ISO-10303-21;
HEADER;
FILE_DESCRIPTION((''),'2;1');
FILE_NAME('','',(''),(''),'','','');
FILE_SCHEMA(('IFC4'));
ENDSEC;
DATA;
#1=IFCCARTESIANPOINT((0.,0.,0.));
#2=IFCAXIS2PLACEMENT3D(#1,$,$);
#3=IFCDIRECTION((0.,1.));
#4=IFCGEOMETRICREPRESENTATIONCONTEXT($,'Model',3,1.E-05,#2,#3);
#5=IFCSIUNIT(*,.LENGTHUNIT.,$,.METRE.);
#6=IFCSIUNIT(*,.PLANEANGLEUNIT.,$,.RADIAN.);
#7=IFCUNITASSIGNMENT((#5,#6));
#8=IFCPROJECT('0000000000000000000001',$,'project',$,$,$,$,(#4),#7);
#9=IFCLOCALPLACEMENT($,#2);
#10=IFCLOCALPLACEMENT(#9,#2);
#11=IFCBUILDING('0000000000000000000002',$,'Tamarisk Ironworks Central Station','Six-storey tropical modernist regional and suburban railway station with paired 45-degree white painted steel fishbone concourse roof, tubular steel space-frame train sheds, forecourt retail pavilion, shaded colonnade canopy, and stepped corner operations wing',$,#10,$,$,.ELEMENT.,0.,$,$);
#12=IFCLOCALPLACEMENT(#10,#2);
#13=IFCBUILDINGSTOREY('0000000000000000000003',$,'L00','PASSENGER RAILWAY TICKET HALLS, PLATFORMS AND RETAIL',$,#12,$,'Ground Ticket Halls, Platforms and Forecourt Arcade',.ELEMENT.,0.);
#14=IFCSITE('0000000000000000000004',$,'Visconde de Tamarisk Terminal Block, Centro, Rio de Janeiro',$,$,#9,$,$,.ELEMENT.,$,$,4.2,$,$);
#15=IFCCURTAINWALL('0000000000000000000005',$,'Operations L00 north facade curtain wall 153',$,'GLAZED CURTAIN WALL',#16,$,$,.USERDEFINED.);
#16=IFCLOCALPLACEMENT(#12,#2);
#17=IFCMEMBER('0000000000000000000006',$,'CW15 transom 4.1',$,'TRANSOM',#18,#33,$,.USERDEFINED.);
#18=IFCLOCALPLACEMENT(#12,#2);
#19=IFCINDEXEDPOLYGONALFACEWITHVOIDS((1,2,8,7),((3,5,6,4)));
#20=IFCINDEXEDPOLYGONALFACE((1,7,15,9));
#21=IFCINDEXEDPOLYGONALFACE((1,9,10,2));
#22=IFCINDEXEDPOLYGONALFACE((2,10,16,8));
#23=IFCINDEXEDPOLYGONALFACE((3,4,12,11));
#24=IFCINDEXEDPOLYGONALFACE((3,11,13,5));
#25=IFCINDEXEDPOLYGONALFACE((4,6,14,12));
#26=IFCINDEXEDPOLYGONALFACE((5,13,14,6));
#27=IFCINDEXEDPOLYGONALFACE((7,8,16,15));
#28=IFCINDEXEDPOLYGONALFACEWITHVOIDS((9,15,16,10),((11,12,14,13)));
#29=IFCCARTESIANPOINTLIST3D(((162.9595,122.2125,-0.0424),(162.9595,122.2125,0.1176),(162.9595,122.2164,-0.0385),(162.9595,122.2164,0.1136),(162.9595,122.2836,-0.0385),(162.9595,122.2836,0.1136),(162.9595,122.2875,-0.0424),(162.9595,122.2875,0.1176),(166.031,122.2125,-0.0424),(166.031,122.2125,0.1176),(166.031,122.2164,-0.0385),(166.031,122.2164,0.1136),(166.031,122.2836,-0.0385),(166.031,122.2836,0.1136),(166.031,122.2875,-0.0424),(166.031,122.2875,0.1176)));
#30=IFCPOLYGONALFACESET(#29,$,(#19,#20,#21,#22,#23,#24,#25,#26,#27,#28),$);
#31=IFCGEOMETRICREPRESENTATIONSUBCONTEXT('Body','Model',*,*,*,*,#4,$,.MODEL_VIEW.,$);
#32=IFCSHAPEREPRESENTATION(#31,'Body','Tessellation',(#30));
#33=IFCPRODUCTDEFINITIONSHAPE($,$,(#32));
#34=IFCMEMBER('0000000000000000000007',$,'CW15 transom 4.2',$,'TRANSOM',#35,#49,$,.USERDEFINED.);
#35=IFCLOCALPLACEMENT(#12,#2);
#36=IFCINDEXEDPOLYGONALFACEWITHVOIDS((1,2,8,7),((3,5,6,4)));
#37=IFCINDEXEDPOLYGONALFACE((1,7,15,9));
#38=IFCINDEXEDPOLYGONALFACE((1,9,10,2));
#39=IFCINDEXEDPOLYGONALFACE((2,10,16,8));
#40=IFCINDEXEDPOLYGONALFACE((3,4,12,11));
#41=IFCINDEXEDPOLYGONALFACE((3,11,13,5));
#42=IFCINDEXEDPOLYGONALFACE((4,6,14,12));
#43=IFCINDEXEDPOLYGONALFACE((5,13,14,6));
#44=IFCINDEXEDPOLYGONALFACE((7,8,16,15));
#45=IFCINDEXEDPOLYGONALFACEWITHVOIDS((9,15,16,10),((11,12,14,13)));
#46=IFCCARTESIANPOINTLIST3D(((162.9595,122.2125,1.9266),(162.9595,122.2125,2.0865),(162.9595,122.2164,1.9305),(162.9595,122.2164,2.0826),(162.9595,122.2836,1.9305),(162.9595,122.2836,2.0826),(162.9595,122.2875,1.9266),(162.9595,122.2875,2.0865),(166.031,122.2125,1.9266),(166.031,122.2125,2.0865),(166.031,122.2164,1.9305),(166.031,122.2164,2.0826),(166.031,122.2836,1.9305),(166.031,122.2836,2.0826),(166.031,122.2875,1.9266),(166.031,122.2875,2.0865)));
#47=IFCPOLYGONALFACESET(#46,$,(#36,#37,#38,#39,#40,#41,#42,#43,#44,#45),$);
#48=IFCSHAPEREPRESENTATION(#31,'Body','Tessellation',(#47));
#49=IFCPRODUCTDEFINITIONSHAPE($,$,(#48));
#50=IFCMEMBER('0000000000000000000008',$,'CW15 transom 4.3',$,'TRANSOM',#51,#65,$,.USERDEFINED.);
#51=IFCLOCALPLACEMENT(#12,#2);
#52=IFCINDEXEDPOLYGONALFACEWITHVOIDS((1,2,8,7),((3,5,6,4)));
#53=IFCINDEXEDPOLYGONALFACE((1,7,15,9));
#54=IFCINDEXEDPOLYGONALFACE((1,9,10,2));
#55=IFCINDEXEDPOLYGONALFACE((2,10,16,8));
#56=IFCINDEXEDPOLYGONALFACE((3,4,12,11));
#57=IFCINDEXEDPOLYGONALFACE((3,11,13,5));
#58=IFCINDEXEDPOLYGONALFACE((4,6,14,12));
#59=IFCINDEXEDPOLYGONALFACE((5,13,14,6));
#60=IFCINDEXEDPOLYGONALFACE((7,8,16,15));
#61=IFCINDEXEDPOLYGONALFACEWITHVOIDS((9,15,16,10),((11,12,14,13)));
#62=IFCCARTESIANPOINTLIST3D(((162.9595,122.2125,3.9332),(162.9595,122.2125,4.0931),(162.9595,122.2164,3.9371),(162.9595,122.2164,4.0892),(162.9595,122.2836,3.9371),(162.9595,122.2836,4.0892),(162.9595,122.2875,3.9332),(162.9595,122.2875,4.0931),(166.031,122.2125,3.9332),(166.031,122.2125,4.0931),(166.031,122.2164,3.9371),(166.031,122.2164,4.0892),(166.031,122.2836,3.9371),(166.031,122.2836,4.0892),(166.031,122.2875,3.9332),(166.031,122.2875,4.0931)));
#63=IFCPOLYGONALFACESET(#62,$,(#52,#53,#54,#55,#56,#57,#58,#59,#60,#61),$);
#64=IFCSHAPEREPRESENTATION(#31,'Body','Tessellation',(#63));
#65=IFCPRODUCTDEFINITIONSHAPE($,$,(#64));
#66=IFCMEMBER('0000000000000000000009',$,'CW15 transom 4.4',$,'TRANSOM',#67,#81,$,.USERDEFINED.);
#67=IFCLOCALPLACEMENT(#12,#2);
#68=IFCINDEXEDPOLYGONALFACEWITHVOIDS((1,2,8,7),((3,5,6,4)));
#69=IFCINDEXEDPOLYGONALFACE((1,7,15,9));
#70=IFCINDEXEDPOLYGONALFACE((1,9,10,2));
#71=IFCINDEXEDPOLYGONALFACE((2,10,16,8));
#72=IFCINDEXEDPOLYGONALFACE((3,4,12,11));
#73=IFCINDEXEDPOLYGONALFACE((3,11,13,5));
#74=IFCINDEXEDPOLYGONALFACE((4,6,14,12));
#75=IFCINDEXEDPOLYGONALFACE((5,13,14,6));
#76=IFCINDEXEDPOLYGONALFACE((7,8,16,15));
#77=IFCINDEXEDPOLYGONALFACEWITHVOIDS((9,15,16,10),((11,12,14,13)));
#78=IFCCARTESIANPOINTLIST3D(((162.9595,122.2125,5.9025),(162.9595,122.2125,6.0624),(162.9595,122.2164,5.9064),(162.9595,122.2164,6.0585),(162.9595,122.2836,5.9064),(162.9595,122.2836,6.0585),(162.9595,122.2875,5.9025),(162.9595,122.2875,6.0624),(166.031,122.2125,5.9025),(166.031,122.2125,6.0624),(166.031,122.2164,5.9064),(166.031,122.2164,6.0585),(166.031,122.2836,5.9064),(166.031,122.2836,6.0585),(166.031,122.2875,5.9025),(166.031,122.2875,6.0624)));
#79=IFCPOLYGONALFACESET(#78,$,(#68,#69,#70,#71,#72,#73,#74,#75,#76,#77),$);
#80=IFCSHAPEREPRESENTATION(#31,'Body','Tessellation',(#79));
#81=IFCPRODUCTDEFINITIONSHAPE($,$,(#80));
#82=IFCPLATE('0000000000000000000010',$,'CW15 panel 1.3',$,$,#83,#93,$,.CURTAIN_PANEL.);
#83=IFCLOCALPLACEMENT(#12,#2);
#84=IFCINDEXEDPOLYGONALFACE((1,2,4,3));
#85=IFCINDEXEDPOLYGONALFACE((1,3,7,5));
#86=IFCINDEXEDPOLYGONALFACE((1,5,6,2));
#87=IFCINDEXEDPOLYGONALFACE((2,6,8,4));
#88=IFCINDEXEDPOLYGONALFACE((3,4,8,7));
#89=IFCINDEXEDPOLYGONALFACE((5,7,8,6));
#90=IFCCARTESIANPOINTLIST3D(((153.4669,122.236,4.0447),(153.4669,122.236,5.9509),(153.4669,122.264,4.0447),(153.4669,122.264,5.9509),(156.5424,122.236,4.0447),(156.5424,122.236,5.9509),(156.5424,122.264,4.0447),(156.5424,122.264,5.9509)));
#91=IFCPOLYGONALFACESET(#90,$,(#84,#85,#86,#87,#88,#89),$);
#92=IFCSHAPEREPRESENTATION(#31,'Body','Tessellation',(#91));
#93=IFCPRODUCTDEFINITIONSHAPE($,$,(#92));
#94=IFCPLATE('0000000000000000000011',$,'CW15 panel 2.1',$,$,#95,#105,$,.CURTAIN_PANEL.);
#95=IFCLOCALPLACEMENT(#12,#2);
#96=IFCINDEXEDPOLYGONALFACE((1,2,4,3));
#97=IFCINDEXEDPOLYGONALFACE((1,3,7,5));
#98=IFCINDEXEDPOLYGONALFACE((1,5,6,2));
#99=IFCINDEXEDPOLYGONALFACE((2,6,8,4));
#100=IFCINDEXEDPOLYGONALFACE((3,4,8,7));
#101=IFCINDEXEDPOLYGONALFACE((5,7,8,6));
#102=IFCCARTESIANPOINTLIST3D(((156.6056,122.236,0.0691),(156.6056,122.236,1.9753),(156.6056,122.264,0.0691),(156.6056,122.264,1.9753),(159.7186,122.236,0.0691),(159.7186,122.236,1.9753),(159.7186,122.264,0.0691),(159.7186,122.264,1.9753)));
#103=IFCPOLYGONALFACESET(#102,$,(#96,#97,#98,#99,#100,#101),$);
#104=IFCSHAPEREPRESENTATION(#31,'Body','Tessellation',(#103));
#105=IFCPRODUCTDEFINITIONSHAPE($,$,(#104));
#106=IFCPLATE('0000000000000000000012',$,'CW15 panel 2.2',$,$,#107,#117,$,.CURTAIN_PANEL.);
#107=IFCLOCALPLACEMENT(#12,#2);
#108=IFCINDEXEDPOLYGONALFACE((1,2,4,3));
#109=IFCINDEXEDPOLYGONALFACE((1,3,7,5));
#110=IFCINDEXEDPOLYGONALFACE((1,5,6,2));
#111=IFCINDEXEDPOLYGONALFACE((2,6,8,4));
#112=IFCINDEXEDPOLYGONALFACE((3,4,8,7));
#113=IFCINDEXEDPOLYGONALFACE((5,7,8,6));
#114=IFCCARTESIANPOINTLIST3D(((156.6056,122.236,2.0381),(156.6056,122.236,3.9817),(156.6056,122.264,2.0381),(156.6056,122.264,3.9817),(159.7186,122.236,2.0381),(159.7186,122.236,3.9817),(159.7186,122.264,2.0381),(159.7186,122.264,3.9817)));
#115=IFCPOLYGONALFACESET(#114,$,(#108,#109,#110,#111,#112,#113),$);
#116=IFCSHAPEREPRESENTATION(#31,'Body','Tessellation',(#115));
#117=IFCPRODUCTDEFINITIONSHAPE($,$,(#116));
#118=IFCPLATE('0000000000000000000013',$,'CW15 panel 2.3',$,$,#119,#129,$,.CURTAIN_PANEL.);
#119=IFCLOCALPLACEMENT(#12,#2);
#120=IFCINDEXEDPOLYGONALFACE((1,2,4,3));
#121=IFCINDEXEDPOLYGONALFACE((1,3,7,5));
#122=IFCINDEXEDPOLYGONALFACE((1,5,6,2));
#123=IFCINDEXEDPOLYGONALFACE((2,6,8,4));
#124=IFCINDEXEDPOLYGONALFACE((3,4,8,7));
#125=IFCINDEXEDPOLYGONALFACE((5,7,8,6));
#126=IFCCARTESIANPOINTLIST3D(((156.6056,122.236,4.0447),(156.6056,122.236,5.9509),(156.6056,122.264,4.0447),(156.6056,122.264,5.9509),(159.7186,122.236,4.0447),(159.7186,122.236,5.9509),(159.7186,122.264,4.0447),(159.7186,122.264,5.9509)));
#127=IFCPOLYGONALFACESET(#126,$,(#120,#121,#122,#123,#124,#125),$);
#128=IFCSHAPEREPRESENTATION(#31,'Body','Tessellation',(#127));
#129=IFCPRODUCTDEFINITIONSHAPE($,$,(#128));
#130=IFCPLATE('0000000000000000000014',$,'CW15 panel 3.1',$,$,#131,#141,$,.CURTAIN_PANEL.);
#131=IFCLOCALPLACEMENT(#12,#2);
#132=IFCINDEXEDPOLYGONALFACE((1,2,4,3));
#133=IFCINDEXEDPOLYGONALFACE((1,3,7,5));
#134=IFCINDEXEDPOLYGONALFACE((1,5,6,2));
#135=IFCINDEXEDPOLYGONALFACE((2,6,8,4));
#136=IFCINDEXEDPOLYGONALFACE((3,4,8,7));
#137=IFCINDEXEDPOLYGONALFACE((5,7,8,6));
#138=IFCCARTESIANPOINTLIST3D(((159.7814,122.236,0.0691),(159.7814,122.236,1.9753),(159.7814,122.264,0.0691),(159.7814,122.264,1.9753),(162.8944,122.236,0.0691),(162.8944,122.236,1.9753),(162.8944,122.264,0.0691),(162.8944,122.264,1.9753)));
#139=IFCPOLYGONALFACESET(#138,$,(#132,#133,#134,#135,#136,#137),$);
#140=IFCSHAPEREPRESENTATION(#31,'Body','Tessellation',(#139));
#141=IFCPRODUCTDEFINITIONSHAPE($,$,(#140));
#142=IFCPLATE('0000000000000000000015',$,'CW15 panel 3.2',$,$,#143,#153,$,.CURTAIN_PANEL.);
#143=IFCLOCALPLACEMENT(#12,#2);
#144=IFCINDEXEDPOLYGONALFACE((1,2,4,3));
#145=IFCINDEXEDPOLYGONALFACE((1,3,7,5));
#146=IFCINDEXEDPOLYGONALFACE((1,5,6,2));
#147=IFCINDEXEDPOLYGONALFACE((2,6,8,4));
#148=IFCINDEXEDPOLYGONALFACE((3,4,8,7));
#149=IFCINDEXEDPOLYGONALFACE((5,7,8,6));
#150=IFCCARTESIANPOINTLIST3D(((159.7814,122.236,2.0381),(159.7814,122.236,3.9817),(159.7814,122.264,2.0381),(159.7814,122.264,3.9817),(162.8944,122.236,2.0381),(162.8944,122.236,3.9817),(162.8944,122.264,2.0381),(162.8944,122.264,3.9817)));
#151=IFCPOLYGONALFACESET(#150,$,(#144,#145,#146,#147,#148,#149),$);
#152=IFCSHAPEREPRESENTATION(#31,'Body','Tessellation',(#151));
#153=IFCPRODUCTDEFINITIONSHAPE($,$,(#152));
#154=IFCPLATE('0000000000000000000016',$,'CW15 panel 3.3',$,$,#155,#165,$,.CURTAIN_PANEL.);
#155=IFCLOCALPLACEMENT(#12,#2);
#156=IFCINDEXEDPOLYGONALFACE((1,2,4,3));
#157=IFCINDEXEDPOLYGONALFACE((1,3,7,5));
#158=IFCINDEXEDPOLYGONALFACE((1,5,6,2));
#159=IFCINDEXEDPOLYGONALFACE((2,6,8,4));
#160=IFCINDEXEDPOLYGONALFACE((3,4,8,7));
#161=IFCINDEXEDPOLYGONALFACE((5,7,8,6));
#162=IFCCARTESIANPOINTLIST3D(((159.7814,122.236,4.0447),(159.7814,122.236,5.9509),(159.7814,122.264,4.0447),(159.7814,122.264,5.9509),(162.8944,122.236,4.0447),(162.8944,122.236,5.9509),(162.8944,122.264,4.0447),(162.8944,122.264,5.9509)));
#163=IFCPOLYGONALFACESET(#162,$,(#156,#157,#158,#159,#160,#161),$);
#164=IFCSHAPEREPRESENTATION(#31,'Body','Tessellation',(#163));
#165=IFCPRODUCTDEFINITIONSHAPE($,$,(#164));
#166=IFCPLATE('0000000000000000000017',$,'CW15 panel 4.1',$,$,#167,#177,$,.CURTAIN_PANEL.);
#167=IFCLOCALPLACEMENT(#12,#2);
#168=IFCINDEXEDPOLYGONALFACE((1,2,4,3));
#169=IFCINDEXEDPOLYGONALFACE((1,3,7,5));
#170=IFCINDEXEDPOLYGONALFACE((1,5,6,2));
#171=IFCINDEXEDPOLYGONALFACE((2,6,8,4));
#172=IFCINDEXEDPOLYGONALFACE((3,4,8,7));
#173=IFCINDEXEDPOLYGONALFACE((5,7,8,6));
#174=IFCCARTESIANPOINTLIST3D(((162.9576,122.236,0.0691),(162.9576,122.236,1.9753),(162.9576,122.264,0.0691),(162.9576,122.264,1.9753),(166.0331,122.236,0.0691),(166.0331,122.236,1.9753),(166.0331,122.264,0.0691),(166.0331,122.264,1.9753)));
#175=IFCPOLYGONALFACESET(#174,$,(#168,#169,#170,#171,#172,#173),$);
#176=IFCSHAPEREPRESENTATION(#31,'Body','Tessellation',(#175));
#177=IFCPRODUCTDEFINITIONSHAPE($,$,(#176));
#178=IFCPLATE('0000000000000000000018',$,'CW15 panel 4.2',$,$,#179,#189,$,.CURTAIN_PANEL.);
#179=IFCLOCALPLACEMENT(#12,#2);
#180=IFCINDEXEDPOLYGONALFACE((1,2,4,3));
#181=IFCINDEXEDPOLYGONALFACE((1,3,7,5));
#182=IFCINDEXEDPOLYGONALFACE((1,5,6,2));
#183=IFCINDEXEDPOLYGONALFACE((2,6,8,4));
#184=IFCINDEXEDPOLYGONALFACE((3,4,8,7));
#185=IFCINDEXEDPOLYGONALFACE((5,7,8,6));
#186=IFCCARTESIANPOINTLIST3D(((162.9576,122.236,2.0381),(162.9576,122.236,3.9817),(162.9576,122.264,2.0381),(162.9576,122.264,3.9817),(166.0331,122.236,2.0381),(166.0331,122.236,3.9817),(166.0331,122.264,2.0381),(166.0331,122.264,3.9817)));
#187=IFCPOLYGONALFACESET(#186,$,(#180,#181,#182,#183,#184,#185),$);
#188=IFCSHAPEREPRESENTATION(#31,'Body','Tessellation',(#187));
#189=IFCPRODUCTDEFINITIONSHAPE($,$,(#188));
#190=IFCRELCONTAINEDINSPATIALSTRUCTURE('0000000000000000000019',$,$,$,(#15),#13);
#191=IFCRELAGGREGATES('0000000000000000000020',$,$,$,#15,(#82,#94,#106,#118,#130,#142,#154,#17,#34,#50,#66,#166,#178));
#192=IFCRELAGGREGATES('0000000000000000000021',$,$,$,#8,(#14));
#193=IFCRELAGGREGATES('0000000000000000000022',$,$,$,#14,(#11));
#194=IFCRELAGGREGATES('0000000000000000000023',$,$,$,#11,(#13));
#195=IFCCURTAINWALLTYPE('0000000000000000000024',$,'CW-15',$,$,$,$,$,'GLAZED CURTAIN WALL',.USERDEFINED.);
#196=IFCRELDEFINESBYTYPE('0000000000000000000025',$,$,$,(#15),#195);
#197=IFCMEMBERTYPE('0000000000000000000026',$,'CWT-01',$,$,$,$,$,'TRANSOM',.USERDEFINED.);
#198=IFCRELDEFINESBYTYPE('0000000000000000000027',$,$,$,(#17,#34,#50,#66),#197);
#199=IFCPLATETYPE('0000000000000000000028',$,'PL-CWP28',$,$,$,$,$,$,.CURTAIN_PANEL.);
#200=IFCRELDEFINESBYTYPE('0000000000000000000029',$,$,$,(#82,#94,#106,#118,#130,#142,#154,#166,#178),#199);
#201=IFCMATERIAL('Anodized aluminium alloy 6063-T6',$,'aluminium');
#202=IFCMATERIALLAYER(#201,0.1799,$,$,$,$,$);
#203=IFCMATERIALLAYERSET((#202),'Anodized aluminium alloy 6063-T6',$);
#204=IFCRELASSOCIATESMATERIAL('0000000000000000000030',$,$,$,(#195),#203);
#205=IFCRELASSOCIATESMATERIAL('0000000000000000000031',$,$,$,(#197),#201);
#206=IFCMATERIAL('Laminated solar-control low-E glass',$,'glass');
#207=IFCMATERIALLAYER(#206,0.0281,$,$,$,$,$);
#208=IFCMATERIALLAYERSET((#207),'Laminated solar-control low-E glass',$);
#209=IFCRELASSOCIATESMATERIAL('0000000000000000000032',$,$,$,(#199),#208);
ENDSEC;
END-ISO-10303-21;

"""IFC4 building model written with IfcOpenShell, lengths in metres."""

from ifc_helpers import new_model, si_unit, direction, frame, origin, origin_2d, place, context, subcontext, project, spatial, rectangle, hollow_rectangle, extrude, material, layer, layer_set, material_profile, profile_set, type_object, element, aggregate, save


model = new_model("IFC4")

# Units and contexts
model_context = context("Model", 3, precision=1e-05, world=origin(), true_north=direction((0.0, 1.0)))
body_context = subcontext(model_context, "Body", "Model", "MODEL_VIEW")
ifc_project = project(units=[si_unit("LENGTHUNIT", "METRE"), si_unit("PLANEANGLEUNIT", "RADIAN")], contexts=[model_context])

# Site, building, storey
site_placement = place(None, origin())
site = spatial("IfcSite", under=ifc_project, at=site_placement, Name="Visconde de Tamarisk Terminal Block, Centro, Rio de Janeiro", CompositionType="ELEMENT", RefElevation=4.2)
building_placement = place(site_placement, origin())
building = spatial("IfcBuilding", under=site, at=building_placement, Name="Tamarisk Ironworks Central Station", Description="Six-storey tropical modernist regional and suburban railway station with paired 45-degree white painted steel fishbone concourse roof, tubular steel space-frame train sheds, forecourt retail pavilion, shaded colonnade canopy, and stepped corner operations wing", CompositionType="ELEMENT", ElevationOfRefHeight=0.0)
storey_placement = place(building_placement, origin())
storey = spatial("IfcBuildingStorey", under=building, at=storey_placement, Name="L00", Description="PASSENGER RAILWAY TICKET HALLS, PLATFORMS AND RETAIL", LongName="Ground Ticket Halls, Platforms and Forecourt Arcade", CompositionType="ELEMENT", Elevation=0.0)

# Curtain wall, members, plates
ifc_material_1 = material(Name="Anodized aluminium alloy 6063-T6", Category="aluminium")
ifc_layer_1 = layer(ifc_material_1, 0.1799)
ifc_layer_set_1 = layer_set([ifc_layer_1], Name="Anodized aluminium alloy 6063-T6")
curtain_wall_type = type_object("IfcCurtainWallType", Name="CW-15", ElementType="GLAZED CURTAIN WALL", PredefinedType="USERDEFINED", material=ifc_layer_set_1)
curtain_wall_placement = place(storey_placement, origin())
curtain_wall = element("IfcCurtainWall", 1, at=curtain_wall_placement, inside=storey, type_object=curtain_wall_type, Name="Operations L00 north facade curtain wall 153", ObjectType="GLAZED CURTAIN WALL", PredefinedType="USERDEFINED")
ifc_material_profile_1 = material_profile(ifc_material_1, hollow_rectangle(XDim=0.075, YDim=0.1599, WallThickness=0.0039, at=origin_2d()), Name="ALUM 160x75")
ifc_profile_set_1 = profile_set([ifc_material_profile_1], Name="Anodized aluminium alloy 6063-T6")
member_type_1 = type_object("IfcMemberType", Name="CWT-01", ElementType="TRANSOM", PredefinedType="USERDEFINED", material=ifc_profile_set_1)
member_1_placement = place(storey_placement, frame((162.9595, 122.25, 0.0376), z_axis=(1.0, 0.0, 0.0), x_axis=(0.0, 1.0, 0.0)))
member_1 = element("IfcMember", 2, at=member_1_placement, type_object=member_type_1, Name="CW15 transom 4.1", ObjectType="TRANSOM", PredefinedType="USERDEFINED", context=body_context, shape_type="SweptSolid", body=[
    extrude(hollow_rectangle(XDim=0.075, YDim=0.1599, WallThickness=0.0039, at=origin_2d()), origin(), (0.0, 0.0, 1.0), 3.0715),
])
member_2_placement = place(storey_placement, frame((162.9595, 122.25, 2.0066), z_axis=(1.0, 0.0, 0.0), x_axis=(0.0, 1.0, 0.0)))
member_2 = element("IfcMember", 3, at=member_2_placement, type_object=member_type_1, Name="CW15 transom 4.2", ObjectType="TRANSOM", PredefinedType="USERDEFINED", context=body_context, shape_type="SweptSolid", body=[
    extrude(hollow_rectangle(XDim=0.075, YDim=0.1599, WallThickness=0.0039, at=origin_2d()), origin(), (0.0, 0.0, 1.0), 3.0715),
])
member_3_placement = place(storey_placement, frame((162.9595, 122.25, 4.0132), z_axis=(1.0, 0.0, 0.0), x_axis=(0.0, 1.0, 0.0)))
member_3 = element("IfcMember", 4, at=member_3_placement, type_object=member_type_1, Name="CW15 transom 4.3", ObjectType="TRANSOM", PredefinedType="USERDEFINED", context=body_context, shape_type="SweptSolid", body=[
    extrude(hollow_rectangle(XDim=0.075, YDim=0.1599, WallThickness=0.0039, at=origin_2d()), origin(), (0.0, 0.0, 1.0), 3.0715),
])
member_4_placement = place(storey_placement, frame((162.9595, 122.25, 5.9824), z_axis=(1.0, 0.0, 0.0), x_axis=(0.0, 1.0, 0.0)))
member_4 = element("IfcMember", 5, at=member_4_placement, type_object=member_type_1, Name="CW15 transom 4.4", ObjectType="TRANSOM", PredefinedType="USERDEFINED", context=body_context, shape_type="SweptSolid", body=[
    extrude(hollow_rectangle(XDim=0.075, YDim=0.1599, WallThickness=0.0039, at=origin_2d()), origin(), (0.0, 0.0, 1.0), 3.0715),
])
ifc_material_2 = material(Name="Laminated solar-control low-E glass", Category="glass")
ifc_layer_2 = layer(ifc_material_2, 0.0281)
ifc_layer_set_2 = layer_set([ifc_layer_2], Name="Laminated solar-control low-E glass")
plate_type = type_object("IfcPlateType", Name="PL-CWP28", PredefinedType="CURTAIN_PANEL", material=ifc_layer_set_2)
plate_1_placement = place(storey_placement, frame((155.0046, 122.25, 4.0447), z_axis=(0.0, 0.0, 1.0), x_axis=(1.0, 0.0, 0.0)))
plate_1 = element("IfcPlate", 6, at=plate_1_placement, type_object=plate_type, Name="CW15 panel 1.3", PredefinedType="CURTAIN_PANEL", context=body_context, shape_type="SweptSolid", body=[
    extrude(rectangle(XDim=3.0754, YDim=0.0281, at=origin_2d()), origin(), (0.0, 0.0, 1.0), 1.9062),
])
plate_2_placement = place(storey_placement, frame((158.1621, 122.25, 0.0691), z_axis=(0.0, 0.0, 1.0), x_axis=(1.0, 0.0, 0.0)))
plate_2 = element("IfcPlate", 7, at=plate_2_placement, type_object=plate_type, Name="CW15 panel 2.1", PredefinedType="CURTAIN_PANEL", context=body_context, shape_type="SweptSolid", body=[
    extrude(rectangle(XDim=3.113, YDim=0.0281, at=origin_2d()), origin(), (0.0, 0.0, 1.0), 1.9062),
])
plate_3_placement = place(storey_placement, frame((158.1621, 122.25, 2.0381), z_axis=(0.0, 0.0, 1.0), x_axis=(1.0, 0.0, 0.0)))
plate_3 = element("IfcPlate", 8, at=plate_3_placement, type_object=plate_type, Name="CW15 panel 2.2", PredefinedType="CURTAIN_PANEL", context=body_context, shape_type="SweptSolid", body=[
    extrude(rectangle(XDim=3.113, YDim=0.0281, at=origin_2d()), origin(), (0.0, 0.0, 1.0), 1.9436),
])
plate_4_placement = place(storey_placement, frame((158.1621, 122.25, 4.0447), z_axis=(0.0, 0.0, 1.0), x_axis=(1.0, 0.0, 0.0)))
plate_4 = element("IfcPlate", 9, at=plate_4_placement, type_object=plate_type, Name="CW15 panel 2.3", PredefinedType="CURTAIN_PANEL", context=body_context, shape_type="SweptSolid", body=[
    extrude(rectangle(XDim=3.113, YDim=0.0281, at=origin_2d()), origin(), (0.0, 0.0, 1.0), 1.9062),
])
plate_5_placement = place(storey_placement, frame((161.3379, 122.25, 0.0691), z_axis=(0.0, 0.0, 1.0), x_axis=(1.0, 0.0, 0.0)))
plate_5 = element("IfcPlate", 10, at=plate_5_placement, type_object=plate_type, Name="CW15 panel 3.1", PredefinedType="CURTAIN_PANEL", context=body_context, shape_type="SweptSolid", body=[
    extrude(rectangle(XDim=3.113, YDim=0.0281, at=origin_2d()), origin(), (0.0, 0.0, 1.0), 1.9062),
])
plate_6_placement = place(storey_placement, frame((161.3379, 122.25, 2.0381), z_axis=(0.0, 0.0, 1.0), x_axis=(1.0, 0.0, 0.0)))
plate_6 = element("IfcPlate", 11, at=plate_6_placement, type_object=plate_type, Name="CW15 panel 3.2", PredefinedType="CURTAIN_PANEL", context=body_context, shape_type="SweptSolid", body=[
    extrude(rectangle(XDim=3.113, YDim=0.0281, at=origin_2d()), origin(), (0.0, 0.0, 1.0), 1.9436),
])
plate_7_placement = place(storey_placement, frame((161.3379, 122.25, 4.0447), z_axis=(0.0, 0.0, 1.0), x_axis=(1.0, 0.0, 0.0)))
plate_7 = element("IfcPlate", 12, at=plate_7_placement, type_object=plate_type, Name="CW15 panel 3.3", PredefinedType="CURTAIN_PANEL", context=body_context, shape_type="SweptSolid", body=[
    extrude(rectangle(XDim=3.113, YDim=0.0281, at=origin_2d()), origin(), (0.0, 0.0, 1.0), 1.9062),
])
plate_8_placement = place(storey_placement, frame((164.4954, 122.25, 0.0691), z_axis=(0.0, 0.0, 1.0), x_axis=(1.0, 0.0, 0.0)))
plate_8 = element("IfcPlate", 13, at=plate_8_placement, type_object=plate_type, Name="CW15 panel 4.1", PredefinedType="CURTAIN_PANEL", context=body_context, shape_type="SweptSolid", body=[
    extrude(rectangle(XDim=3.0754, YDim=0.0281, at=origin_2d()), origin(), (0.0, 0.0, 1.0), 1.9062),
])
plate_9_placement = place(storey_placement, frame((164.4954, 122.25, 2.0381), z_axis=(0.0, 0.0, 1.0), x_axis=(1.0, 0.0, 0.0)))
plate_9 = element("IfcPlate", 14, at=plate_9_placement, type_object=plate_type, Name="CW15 panel 4.2", PredefinedType="CURTAIN_PANEL", context=body_context, shape_type="SweptSolid", body=[
    extrude(rectangle(XDim=3.0754, YDim=0.0281, at=origin_2d()), origin(), (0.0, 0.0, 1.0), 1.9436),
])
aggregate(curtain_wall, [plate_1, plate_2, plate_3, plate_4, plate_5, plate_6, plate_7, member_1, member_2, member_3, member_4, plate_8, plate_9])

save(model, "model.ifc")
